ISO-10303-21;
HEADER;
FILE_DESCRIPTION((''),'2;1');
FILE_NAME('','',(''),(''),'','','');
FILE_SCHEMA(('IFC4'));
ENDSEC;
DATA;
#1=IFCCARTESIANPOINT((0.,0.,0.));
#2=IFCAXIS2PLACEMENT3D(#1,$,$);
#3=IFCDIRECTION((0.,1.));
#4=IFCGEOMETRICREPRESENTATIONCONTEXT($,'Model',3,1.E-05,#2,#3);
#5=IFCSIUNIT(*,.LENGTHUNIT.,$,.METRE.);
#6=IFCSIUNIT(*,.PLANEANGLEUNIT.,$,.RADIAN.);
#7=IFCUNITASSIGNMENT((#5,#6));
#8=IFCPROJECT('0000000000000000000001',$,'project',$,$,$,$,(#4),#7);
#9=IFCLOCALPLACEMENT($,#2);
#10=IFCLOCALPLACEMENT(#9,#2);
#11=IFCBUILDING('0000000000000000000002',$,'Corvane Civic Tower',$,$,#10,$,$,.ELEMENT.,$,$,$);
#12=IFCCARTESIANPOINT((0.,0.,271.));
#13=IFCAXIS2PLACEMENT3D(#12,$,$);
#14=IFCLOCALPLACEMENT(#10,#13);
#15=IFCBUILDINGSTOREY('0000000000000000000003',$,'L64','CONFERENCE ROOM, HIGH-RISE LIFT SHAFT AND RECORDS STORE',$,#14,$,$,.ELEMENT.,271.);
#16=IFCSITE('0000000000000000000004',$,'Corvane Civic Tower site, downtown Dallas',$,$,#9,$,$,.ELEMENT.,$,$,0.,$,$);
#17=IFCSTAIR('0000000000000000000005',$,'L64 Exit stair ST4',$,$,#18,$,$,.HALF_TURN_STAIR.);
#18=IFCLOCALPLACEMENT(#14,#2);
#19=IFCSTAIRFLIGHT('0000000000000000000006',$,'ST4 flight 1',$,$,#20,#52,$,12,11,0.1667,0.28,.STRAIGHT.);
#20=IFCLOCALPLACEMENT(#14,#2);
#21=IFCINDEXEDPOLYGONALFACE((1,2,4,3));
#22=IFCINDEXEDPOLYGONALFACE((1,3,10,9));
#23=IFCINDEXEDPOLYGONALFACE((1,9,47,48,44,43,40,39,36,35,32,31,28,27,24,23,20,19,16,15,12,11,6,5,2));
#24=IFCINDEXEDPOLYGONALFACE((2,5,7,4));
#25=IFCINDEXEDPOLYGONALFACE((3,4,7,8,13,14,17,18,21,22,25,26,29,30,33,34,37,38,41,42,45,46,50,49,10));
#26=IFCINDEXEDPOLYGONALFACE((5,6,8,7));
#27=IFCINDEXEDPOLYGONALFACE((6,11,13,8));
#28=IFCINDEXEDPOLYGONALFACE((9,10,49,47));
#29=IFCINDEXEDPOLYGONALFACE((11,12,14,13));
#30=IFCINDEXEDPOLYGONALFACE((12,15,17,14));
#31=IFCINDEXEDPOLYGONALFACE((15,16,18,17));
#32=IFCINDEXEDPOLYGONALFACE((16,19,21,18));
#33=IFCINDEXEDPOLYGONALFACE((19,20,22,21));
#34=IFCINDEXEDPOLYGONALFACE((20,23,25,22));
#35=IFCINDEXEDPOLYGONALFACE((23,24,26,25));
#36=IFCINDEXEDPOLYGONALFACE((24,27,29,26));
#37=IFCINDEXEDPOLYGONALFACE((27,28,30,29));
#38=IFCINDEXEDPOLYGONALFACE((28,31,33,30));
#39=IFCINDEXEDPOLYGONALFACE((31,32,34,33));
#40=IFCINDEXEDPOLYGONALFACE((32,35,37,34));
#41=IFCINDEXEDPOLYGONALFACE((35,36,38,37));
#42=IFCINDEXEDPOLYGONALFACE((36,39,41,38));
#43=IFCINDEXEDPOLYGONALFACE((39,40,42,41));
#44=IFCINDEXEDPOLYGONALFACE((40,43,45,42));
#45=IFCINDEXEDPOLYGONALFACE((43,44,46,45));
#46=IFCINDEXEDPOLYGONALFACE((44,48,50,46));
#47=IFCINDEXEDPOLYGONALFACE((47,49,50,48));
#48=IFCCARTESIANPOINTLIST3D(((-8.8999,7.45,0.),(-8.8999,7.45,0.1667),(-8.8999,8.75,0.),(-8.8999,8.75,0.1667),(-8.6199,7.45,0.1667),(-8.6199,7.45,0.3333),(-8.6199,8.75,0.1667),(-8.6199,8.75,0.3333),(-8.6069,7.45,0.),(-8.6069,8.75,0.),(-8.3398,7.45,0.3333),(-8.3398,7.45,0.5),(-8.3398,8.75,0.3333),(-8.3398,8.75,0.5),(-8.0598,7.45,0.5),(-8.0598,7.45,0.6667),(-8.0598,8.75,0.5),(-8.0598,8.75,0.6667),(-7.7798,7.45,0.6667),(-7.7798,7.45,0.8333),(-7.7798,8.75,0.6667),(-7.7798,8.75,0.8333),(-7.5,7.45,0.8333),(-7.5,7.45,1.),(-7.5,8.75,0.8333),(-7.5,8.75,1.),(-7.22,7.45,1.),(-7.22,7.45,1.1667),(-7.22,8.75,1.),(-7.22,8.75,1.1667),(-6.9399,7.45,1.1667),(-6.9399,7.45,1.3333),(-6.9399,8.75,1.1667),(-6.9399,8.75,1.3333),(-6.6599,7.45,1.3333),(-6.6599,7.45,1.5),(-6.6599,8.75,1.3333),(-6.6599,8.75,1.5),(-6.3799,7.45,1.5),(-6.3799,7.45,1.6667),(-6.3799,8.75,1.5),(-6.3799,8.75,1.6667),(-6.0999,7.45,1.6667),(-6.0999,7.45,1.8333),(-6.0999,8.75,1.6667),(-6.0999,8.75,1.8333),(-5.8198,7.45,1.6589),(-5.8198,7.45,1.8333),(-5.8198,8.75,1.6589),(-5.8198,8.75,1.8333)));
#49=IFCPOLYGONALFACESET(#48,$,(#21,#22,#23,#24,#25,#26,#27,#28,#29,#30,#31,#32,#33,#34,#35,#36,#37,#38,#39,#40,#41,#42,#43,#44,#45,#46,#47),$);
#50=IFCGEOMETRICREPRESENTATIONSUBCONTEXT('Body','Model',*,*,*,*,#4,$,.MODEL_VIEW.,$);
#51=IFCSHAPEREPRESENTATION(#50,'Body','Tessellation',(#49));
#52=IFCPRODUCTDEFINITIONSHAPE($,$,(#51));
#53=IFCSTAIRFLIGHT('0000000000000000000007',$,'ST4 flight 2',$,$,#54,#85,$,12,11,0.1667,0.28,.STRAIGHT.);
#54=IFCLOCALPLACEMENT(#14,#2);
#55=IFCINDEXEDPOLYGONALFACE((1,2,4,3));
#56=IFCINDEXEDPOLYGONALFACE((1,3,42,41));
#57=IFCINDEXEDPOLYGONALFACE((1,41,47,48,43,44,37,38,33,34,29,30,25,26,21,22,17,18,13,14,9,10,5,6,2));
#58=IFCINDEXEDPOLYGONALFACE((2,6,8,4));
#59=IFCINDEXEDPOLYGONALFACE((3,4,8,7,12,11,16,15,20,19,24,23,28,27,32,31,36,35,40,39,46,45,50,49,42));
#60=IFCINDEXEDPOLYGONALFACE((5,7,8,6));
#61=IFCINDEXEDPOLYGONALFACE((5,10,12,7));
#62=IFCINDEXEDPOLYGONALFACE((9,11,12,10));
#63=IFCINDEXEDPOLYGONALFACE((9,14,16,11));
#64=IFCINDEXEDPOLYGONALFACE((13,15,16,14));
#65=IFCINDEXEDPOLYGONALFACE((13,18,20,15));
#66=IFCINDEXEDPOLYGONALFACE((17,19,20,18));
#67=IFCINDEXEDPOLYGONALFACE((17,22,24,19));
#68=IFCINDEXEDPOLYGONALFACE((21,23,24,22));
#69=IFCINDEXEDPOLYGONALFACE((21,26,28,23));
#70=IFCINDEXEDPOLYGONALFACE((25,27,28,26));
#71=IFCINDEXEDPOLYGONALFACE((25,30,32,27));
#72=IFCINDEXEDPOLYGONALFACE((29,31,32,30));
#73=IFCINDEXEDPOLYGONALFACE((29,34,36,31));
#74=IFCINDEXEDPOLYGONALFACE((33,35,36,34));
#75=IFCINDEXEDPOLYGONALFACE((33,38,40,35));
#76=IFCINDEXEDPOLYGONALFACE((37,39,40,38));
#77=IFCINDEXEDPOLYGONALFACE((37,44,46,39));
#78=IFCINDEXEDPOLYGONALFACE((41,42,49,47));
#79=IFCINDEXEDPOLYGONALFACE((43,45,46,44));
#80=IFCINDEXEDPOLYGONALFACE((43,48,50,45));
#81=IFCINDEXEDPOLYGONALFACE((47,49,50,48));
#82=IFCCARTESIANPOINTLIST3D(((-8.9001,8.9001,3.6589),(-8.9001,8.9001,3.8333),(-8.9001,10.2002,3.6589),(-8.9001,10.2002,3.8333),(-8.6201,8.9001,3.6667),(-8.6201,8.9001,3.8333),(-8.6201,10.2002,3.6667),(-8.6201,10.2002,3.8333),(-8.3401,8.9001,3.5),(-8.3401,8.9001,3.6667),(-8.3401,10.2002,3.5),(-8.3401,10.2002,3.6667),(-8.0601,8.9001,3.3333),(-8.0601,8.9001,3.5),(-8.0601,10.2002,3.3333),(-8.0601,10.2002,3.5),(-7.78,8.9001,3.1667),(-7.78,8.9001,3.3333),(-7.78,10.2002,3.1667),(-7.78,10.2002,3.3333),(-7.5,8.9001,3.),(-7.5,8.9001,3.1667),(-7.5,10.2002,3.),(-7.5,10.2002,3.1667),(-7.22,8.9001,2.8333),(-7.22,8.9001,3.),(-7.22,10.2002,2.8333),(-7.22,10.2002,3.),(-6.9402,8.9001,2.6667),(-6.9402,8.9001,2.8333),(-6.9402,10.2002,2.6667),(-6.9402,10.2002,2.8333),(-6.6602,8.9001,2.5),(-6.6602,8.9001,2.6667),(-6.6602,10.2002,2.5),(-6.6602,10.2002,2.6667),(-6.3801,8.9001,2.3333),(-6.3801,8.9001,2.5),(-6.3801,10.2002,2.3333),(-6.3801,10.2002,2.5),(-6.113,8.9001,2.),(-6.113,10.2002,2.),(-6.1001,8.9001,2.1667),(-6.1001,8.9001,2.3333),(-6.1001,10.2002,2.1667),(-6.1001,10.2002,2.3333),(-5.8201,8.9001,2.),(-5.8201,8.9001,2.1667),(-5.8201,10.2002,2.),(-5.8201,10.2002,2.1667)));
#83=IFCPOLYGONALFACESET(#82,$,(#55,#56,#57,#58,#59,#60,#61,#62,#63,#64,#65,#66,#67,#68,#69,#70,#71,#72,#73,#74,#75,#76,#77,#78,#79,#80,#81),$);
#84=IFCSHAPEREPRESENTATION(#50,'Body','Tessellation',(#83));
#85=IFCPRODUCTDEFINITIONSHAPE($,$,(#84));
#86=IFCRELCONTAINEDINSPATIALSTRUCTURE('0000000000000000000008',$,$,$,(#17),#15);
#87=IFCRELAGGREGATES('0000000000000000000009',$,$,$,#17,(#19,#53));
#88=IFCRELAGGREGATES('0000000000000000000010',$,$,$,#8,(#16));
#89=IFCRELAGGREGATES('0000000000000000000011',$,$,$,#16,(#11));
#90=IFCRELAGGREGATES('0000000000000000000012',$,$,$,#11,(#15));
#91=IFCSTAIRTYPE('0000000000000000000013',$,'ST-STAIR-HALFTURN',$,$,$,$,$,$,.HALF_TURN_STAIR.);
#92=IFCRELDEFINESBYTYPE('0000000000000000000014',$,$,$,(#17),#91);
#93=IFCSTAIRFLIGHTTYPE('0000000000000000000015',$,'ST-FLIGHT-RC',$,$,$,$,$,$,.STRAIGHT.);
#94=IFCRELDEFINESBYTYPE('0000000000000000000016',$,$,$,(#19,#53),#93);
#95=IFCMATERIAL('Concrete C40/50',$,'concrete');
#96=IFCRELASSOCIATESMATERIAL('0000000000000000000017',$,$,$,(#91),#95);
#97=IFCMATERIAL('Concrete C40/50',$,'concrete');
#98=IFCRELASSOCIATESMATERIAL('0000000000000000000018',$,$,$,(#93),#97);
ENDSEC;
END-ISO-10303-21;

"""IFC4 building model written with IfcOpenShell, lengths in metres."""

from ifc_helpers import new_model, si_unit, direction, frame, origin, place, context, subcontext, project, spatial, polyline, outline, extrude, material, type_object, element, aggregate, save


model = new_model("IFC4")

# Units and contexts
model_context = context("Model", 3, precision=1e-05, world=origin(), true_north=direction((0.0, 1.0)))
body_context = subcontext(model_context, "Body", "Model", "MODEL_VIEW")
ifc_project = project(units=[si_unit("LENGTHUNIT", "METRE"), si_unit("PLANEANGLEUNIT", "RADIAN")], contexts=[model_context])

# Site, building, storey
site_placement = place(None, origin())
site = spatial("IfcSite", under=ifc_project, at=site_placement, Name="Corvane Civic Tower site, downtown Dallas", CompositionType="ELEMENT", RefElevation=0.0)
building_placement = place(site_placement, origin())
building = spatial("IfcBuilding", under=site, at=building_placement, Name="Corvane Civic Tower", CompositionType="ELEMENT")
storey_placement = place(building_placement, frame((0.0, 0.0, 271.0)))
storey = spatial("IfcBuildingStorey", under=building, at=storey_placement, Name="L64", Description="CONFERENCE ROOM, HIGH-RISE LIFT SHAFT AND RECORDS STORE", CompositionType="ELEMENT", Elevation=271.0)

# Stair
ifc_material_1 = material(Name="Concrete C40/50", Category="concrete")
stair_type = type_object("IfcStairType", Name="ST-STAIR-HALFTURN", PredefinedType="HALF_TURN_STAIR", material=ifc_material_1)
stair_1_placement = place(storey_placement, origin())
stair_1 = element("IfcStair", 1, at=stair_1_placement, inside=storey, type_object=stair_type, Name="L64 Exit stair ST4", PredefinedType="HALF_TURN_STAIR")

# Stair flights
ifc_material_2 = material(Name="Concrete C40/50", Category="concrete")
stair_flight_type = type_object("IfcStairFlightType", Name="ST-FLIGHT-RC", PredefinedType="STRAIGHT", material=ifc_material_2)
stair_flight_1_placement = place(storey_placement, frame((-8.8999, 8.1001, 0.0), z_axis=(0.0, 0.0, 1.0), x_axis=(1.0, 0.0, 0.0)))
stair_flight_1 = element("IfcStairFlight", 2, at=stair_flight_1_placement, type_object=stair_flight_type, Name="ST4 flight 1", NumberOfRisers=12, NumberOfTreads=11, PredefinedType="STRAIGHT", RiserHeight=0.1667, TreadLength=0.28, context=body_context, shape_type="SweptSolid", body=[
    extrude(outline(polyline([(0.0, 0.0), (0.0, 0.1667), (0.28, 0.1667), (0.28, 0.3333), (0.5601, 0.3333), (0.5601, 0.5), (0.8401, 0.5), (0.8401, 0.6667), (1.1201, 0.6667), (1.1201, 0.8333), (1.3999, 0.8333), (1.3999, 1.0), (1.6799, 1.0), (1.6799, 1.1667), (1.96, 1.1667), (1.96, 1.3333), (2.24, 1.3333), (2.24, 1.5), (2.52, 1.5), (2.52, 1.6667), (2.8, 1.6667), (2.8, 1.8333), (3.0801, 1.8333), (3.0801, 2.0), (3.0801, 1.6589), (0.293, 0.0), (0.0, 0.0)])), frame((0.0, 0.6499, 0.0), z_axis=(0.0, -1.0, 0.0), x_axis=(1.0, 0.0, 0.0)), (0.0, 0.0, 1.0), 1.3),
])
stair_flight_2_placement = place(storey_placement, frame((-5.8201, 9.55, 2.0), z_axis=(0.0, 0.0, 1.0), x_axis=(-1.0, 0.0, 0.0)))
stair_flight_2 = element("IfcStairFlight", 3, at=stair_flight_2_placement, type_object=stair_flight_type, Name="ST4 flight 2", NumberOfRisers=12, NumberOfTreads=11, PredefinedType="STRAIGHT", RiserHeight=0.1667, TreadLength=0.28, context=body_context, shape_type="SweptSolid", body=[
    extrude(outline(polyline([(0.0, 0.0), (0.0, 0.1667), (0.28, 0.1667), (0.28, 0.3333), (0.5601, 0.3333), (0.5601, 0.5), (0.8401, 0.5), (0.8401, 0.6667), (1.1201, 0.6667), (1.1201, 0.8333), (1.3999, 0.8333), (1.3999, 1.0), (1.6799, 1.0), (1.6799, 1.1667), (1.96, 1.1667), (1.96, 1.3333), (2.24, 1.3333), (2.24, 1.5), (2.52, 1.5), (2.52, 1.6667), (2.8, 1.6667), (2.8, 1.8333), (3.0801, 1.8333), (3.0801, 2.0), (3.0801, 1.6589), (0.293, 0.0), (0.0, 0.0)])), frame((0.0, 0.6499, 0.0), z_axis=(0.0, -1.0, 0.0), x_axis=(1.0, 0.0, 0.0)), (0.0, 0.0, 1.0), 1.3),
])
aggregate(stair_1, [stair_flight_1, stair_flight_2])

save(model, "model.ifc")
